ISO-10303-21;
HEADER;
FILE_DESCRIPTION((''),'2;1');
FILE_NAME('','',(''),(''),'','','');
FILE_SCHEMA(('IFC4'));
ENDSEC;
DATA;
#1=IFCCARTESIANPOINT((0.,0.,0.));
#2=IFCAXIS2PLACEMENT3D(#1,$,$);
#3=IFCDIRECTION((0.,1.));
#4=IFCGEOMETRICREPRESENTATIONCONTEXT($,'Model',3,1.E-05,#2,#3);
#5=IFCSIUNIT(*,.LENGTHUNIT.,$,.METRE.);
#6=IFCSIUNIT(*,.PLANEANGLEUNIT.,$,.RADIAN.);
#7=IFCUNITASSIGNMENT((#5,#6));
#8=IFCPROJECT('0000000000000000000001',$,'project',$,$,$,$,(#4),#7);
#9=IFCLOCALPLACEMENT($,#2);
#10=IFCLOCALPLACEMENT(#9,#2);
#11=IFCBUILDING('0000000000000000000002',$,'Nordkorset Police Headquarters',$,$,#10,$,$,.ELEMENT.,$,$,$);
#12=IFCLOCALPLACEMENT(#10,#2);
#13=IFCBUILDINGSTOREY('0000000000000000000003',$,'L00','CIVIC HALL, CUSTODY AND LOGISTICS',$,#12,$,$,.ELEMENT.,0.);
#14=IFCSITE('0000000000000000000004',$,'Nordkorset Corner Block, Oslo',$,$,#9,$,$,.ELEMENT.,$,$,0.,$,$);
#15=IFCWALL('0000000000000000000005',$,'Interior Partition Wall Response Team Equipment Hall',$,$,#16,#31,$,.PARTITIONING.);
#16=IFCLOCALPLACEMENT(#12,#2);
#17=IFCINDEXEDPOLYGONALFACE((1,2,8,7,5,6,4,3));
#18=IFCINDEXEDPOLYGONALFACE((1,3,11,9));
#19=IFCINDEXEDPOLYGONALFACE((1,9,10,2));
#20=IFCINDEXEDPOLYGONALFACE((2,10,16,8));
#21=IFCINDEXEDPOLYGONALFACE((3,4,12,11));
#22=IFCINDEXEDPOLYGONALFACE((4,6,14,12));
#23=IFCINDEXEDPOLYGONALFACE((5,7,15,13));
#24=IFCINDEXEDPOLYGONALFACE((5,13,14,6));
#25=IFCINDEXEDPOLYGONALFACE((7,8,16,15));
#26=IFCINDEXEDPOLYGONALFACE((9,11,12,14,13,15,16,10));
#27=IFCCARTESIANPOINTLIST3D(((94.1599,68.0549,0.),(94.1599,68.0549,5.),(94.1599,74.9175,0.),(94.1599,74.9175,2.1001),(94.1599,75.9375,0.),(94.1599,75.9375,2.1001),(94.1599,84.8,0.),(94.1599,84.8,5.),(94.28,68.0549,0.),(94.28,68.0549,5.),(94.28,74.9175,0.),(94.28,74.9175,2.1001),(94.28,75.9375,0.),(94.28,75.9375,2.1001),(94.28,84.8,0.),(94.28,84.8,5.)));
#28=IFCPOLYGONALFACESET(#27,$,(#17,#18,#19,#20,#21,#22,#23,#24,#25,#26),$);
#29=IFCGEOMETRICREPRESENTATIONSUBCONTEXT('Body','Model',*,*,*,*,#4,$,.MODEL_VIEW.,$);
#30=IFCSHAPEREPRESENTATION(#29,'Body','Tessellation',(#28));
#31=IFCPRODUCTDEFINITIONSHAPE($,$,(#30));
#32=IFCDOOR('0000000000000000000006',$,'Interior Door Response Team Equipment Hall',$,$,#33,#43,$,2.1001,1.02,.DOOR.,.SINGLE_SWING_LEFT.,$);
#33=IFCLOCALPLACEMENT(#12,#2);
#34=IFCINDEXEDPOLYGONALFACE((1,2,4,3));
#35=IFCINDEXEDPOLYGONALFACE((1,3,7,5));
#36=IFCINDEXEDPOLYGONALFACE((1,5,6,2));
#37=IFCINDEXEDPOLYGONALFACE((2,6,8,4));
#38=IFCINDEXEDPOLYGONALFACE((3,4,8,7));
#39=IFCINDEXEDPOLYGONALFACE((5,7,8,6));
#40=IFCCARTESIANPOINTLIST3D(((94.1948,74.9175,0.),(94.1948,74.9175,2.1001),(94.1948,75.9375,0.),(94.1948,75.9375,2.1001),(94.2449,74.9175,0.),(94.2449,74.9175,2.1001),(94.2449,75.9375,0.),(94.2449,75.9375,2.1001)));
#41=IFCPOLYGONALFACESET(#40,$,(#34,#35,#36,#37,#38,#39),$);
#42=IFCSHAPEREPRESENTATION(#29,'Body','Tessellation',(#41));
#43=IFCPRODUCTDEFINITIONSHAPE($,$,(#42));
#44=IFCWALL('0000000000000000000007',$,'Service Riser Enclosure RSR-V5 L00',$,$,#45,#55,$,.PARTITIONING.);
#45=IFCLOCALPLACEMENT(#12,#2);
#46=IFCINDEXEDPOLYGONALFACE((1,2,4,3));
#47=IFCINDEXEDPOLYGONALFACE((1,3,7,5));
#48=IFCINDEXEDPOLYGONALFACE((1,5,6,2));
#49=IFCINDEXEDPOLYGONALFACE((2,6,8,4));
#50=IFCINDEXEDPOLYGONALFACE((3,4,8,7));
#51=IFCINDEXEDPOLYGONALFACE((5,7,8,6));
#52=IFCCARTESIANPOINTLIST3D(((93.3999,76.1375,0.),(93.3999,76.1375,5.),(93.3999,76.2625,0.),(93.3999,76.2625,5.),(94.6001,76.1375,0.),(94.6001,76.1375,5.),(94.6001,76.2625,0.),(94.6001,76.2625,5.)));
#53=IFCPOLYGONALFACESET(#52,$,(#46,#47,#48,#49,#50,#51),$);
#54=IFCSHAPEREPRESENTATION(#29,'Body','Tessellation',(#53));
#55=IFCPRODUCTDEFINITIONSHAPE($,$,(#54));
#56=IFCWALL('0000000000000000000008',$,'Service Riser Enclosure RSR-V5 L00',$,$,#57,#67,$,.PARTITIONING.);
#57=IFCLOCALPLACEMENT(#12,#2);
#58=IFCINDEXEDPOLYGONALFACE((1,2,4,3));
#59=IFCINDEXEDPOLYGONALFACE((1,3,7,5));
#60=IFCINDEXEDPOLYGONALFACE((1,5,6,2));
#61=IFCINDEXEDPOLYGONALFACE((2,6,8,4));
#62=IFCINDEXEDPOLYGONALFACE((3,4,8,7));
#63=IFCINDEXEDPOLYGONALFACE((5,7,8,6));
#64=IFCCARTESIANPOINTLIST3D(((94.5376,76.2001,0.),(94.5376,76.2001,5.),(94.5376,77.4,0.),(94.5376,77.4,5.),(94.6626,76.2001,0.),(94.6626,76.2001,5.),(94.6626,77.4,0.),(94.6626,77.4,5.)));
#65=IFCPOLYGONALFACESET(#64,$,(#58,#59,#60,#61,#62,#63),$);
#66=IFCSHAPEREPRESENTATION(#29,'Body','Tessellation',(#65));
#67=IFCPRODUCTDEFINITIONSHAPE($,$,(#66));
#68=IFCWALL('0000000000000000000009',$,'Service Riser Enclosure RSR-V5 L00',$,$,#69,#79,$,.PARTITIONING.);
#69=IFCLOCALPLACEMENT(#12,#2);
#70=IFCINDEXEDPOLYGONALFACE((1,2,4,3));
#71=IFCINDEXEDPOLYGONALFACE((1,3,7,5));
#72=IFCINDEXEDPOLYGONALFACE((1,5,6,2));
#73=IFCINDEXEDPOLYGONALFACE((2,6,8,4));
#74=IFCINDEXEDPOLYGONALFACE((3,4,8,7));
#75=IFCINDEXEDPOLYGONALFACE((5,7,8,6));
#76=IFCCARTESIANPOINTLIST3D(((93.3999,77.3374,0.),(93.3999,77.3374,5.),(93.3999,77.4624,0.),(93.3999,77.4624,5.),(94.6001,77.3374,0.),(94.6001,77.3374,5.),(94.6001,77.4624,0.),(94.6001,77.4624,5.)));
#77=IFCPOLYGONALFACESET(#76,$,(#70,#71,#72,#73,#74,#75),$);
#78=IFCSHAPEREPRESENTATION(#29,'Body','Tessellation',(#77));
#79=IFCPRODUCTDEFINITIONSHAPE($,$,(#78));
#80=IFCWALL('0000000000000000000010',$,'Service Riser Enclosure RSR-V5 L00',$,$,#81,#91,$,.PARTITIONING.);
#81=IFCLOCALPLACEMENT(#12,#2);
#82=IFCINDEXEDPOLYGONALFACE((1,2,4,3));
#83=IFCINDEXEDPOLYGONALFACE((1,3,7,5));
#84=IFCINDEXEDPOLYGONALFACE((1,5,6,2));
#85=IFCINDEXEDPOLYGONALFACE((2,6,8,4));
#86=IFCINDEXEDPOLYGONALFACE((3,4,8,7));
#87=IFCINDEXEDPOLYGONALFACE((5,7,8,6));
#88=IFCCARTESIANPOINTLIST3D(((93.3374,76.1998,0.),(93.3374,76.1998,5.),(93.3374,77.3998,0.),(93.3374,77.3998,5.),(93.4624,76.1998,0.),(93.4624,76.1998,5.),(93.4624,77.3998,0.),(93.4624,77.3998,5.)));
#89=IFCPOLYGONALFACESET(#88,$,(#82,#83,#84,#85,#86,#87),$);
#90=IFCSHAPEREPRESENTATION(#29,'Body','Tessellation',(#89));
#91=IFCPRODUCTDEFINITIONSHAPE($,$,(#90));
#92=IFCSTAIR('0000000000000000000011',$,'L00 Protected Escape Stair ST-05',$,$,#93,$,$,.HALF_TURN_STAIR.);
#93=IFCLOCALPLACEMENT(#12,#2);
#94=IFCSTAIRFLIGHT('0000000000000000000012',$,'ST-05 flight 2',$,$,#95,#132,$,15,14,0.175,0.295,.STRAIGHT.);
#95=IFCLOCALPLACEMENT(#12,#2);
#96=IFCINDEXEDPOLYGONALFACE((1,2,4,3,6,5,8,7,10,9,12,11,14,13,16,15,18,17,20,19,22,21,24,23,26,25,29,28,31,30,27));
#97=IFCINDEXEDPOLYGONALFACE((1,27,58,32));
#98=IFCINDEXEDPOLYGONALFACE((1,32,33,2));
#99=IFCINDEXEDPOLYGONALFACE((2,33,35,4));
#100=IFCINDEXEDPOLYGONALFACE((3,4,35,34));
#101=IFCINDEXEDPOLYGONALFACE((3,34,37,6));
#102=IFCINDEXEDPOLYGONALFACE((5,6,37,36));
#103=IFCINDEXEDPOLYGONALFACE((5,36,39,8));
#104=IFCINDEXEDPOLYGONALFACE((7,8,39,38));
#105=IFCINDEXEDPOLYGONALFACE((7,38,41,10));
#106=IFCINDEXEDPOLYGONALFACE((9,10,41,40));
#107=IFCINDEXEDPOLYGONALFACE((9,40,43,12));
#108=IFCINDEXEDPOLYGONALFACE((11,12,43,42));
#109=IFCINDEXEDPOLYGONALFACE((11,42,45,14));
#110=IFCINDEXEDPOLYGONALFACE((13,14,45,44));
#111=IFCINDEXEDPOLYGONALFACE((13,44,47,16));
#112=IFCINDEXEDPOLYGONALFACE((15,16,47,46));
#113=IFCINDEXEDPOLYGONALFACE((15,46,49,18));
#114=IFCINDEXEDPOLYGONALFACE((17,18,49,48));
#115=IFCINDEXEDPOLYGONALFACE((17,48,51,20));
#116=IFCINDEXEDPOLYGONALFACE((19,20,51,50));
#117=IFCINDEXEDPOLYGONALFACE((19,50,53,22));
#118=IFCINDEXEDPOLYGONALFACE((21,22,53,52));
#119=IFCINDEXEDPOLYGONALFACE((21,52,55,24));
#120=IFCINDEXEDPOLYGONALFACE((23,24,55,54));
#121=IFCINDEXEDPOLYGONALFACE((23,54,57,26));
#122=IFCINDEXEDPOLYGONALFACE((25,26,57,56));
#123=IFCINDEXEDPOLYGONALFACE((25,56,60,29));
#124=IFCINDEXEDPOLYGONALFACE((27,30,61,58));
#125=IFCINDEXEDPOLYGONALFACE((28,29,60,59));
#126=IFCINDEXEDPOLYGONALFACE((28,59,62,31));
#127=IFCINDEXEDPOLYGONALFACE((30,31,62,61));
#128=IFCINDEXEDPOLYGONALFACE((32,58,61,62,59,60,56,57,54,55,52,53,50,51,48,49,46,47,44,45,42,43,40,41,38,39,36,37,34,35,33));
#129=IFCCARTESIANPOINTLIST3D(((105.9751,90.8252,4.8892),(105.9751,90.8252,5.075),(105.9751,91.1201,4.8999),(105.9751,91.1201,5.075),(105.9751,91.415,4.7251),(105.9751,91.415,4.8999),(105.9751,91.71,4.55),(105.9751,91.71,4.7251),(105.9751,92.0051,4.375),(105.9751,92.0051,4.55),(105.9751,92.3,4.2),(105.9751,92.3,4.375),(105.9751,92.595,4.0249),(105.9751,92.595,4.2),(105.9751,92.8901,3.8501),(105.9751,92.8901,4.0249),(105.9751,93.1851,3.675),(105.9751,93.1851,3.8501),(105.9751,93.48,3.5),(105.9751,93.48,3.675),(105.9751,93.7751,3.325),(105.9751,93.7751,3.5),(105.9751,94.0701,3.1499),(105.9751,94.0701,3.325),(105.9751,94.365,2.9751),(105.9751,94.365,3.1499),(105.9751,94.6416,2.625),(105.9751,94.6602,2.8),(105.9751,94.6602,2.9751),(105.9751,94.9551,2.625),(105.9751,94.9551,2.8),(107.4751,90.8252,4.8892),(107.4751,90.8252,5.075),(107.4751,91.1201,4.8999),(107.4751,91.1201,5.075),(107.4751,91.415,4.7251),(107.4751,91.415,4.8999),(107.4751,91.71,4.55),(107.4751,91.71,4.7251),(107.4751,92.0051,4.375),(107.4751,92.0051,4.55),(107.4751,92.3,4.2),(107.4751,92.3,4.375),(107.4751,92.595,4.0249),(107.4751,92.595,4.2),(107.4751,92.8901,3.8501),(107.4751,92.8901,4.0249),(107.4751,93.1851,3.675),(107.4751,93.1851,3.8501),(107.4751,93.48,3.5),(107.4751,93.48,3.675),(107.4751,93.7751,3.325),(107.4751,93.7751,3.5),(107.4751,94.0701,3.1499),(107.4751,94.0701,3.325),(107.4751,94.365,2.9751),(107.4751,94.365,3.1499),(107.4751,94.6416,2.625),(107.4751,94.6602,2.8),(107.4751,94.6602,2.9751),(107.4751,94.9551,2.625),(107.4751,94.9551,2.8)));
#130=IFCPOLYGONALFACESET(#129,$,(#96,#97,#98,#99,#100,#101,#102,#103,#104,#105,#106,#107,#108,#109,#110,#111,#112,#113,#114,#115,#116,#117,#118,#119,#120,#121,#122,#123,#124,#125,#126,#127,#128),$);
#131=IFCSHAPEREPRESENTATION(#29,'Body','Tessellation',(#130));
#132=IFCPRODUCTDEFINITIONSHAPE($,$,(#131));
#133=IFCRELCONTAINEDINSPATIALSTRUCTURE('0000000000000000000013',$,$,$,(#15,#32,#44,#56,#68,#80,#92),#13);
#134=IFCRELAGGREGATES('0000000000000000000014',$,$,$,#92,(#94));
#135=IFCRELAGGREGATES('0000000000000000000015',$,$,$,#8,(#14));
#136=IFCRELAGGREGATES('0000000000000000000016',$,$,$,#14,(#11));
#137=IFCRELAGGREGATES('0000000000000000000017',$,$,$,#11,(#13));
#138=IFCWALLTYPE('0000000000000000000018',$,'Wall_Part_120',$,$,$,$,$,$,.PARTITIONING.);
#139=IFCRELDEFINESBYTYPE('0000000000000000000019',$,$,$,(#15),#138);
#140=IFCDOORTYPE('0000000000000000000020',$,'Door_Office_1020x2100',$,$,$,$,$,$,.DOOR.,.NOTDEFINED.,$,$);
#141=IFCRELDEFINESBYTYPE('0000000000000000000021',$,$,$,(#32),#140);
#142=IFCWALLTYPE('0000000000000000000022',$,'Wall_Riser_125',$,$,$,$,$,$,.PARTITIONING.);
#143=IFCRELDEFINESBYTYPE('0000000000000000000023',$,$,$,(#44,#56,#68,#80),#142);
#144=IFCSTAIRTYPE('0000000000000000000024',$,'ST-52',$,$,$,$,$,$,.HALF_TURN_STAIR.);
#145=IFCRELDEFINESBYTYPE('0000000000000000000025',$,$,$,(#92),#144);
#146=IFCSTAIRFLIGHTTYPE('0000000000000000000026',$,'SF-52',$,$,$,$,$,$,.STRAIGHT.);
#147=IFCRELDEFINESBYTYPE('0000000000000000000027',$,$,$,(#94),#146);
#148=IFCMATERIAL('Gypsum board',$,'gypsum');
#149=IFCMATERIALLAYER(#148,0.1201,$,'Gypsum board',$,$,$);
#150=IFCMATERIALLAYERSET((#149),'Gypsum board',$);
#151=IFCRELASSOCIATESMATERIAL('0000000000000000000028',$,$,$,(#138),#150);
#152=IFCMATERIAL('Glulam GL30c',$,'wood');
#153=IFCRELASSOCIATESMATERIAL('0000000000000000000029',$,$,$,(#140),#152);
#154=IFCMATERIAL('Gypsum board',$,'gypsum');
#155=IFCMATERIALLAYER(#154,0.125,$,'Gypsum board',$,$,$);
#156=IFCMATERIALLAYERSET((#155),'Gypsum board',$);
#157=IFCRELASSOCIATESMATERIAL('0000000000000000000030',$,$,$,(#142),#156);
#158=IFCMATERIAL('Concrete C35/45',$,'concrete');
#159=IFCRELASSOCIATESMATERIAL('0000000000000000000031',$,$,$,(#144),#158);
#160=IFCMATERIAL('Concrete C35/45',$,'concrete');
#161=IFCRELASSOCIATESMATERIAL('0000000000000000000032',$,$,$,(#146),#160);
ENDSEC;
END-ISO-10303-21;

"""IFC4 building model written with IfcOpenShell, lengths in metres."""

from ifc_helpers import new_model, si_unit, direction, frame, frame_2d, origin, place, context, subcontext, project, spatial, polyline, rectangle, outline, extrude, material, layer, layer_set, type_object, element, fill, aggregate, save


model = new_model("IFC4")

# Units and contexts
model_context = context("Model", 3, precision=1e-05, world=origin(), true_north=direction((0.0, 1.0)))
body_context = subcontext(model_context, "Body", "Model", "MODEL_VIEW")
ifc_project = project(units=[si_unit("LENGTHUNIT", "METRE"), si_unit("PLANEANGLEUNIT", "RADIAN")], contexts=[model_context])

# Site, building, storey
site_placement = place(None, origin())
site = spatial("IfcSite", under=ifc_project, at=site_placement, Name="Nordkorset Corner Block, Oslo", CompositionType="ELEMENT", RefElevation=0.0)
building_placement = place(site_placement, origin())
building = spatial("IfcBuilding", under=site, at=building_placement, Name="Nordkorset Police Headquarters", CompositionType="ELEMENT")
storey_placement = place(building_placement, origin())
storey = spatial("IfcBuildingStorey", under=building, at=storey_placement, Name="L00", Description="CIVIC HALL, CUSTODY AND LOGISTICS", CompositionType="ELEMENT", Elevation=0.0)

# Shared definitions
ifc_material_1 = material(Name="Gypsum board", Category="gypsum")
ifc_layer_1 = layer(ifc_material_1, 0.1201, Name="Gypsum board")
ifc_layer_set_1 = layer_set([ifc_layer_1], Name="Gypsum board")
wall_type_1 = type_object("IfcWallType", Name="Wall_Part_120", PredefinedType="PARTITIONING", material=ifc_layer_set_1)

# Wall, opening, door
wall_1_placement = place(storey_placement, frame((94.22, 84.8, 0.0), z_axis=(0.0, 0.0, 1.0), x_axis=(0.0, -1.0, 0.0)))
wall_1 = element("IfcWall", 1, at=wall_1_placement, inside=storey, type_object=wall_type_1, Name="Interior Partition Wall Response Team Equipment Hall", PredefinedType="PARTITIONING", context=body_context, shape_type="SweptSolid", body=[
    extrude(rectangle(XDim=16.7451, YDim=0.1201, at=frame_2d((8.3726, 0.0))), origin(), (0.0, 0.0, 1.0), 5.0),
])
opening_1_placement = place(wall_1_placement, frame((8.8625, 0.0, 0.0)))
opening_1 = element("IfcOpeningElement", 2, at=opening_1_placement, cuts=wall_1, PredefinedType="OPENING", context=body_context, shape_type="SweptSolid", body=[
    extrude(rectangle(XDim=1.02, YDim=2.1001, at=frame_2d((0.51, 1.05))), frame((0.0, 0.0701, 0.0), z_axis=(0.0, -1.0, 0.0), x_axis=(1.0, 0.0, 0.0)), (0.0, 0.0, 1.0), 0.1401),
])
ifc_material_2 = material(Name="Glulam GL30c", Category="wood")
door_type_1 = type_object("IfcDoorType", Name="Door_Office_1020x2100", OperationType="NOTDEFINED", PredefinedType="DOOR", material=ifc_material_2)
door_1_placement = place(opening_1_placement, origin())
door_1 = element("IfcDoor", 3, at=door_1_placement, inside=storey, type_object=door_type_1, Name="Interior Door Response Team Equipment Hall", OperationType="SINGLE_SWING_LEFT", OverallHeight=2.1001, OverallWidth=1.02, PredefinedType="DOOR", context=body_context, shape_type="SweptSolid", body=[
    extrude(rectangle(XDim=1.02, YDim=2.1001, at=frame_2d((0.51, 1.05))), frame((0.0, 0.0249, 0.0), z_axis=(0.0, -1.0, 0.0), x_axis=(1.0, 0.0, 0.0)), (0.0, 0.0, 1.0), 0.05),
])
fill(opening_1, door_1)

# Walls
ifc_material_3 = material(Name="Gypsum board", Category="gypsum")
ifc_layer_2 = layer(ifc_material_3, 0.125, Name="Gypsum board")
ifc_layer_set_2 = layer_set([ifc_layer_2], Name="Gypsum board")
wall_type_2 = type_object("IfcWallType", Name="Wall_Riser_125", PredefinedType="PARTITIONING", material=ifc_layer_set_2)
wall_2_placement = place(storey_placement, frame((93.3999, 76.2, 0.0), z_axis=(0.0, 0.0, 1.0), x_axis=(1.0, 0.0, 0.0)))
element("IfcWall", 4, at=wall_2_placement, inside=storey, type_object=wall_type_2, Name="Service Riser Enclosure RSR-V5 L00", PredefinedType="PARTITIONING", context=body_context, shape_type="SweptSolid", body=[
    extrude(rectangle(XDim=1.2002, YDim=0.125, at=frame_2d((0.6001, 0.0))), origin(), (0.0, 0.0, 1.0), 5.0),
])
wall_3_placement = place(storey_placement, frame((94.6001, 76.2, 0.0), z_axis=(0.0, 0.0, 1.0), x_axis=(0.0, 1.0, 0.0)))
element("IfcWall", 5, at=wall_3_placement, inside=storey, type_object=wall_type_2, Name="Service Riser Enclosure RSR-V5 L00", PredefinedType="PARTITIONING", context=body_context, shape_type="SweptSolid", body=[
    extrude(rectangle(XDim=1.2, YDim=0.125, at=frame_2d((0.6001, 0.0))), origin(), (0.0, 0.0, 1.0), 5.0),
])
wall_4_placement = place(storey_placement, frame((94.6001, 77.3999, 0.0), z_axis=(0.0, 0.0, 1.0), x_axis=(-1.0, 0.0, 0.0)))
element("IfcWall", 6, at=wall_4_placement, inside=storey, type_object=wall_type_2, Name="Service Riser Enclosure RSR-V5 L00", PredefinedType="PARTITIONING", context=body_context, shape_type="SweptSolid", body=[
    extrude(rectangle(XDim=1.2002, YDim=0.125, at=frame_2d((0.6001, 0.0))), origin(), (0.0, 0.0, 1.0), 5.0),
])
wall_5_placement = place(storey_placement, frame((93.3999, 77.3999, 0.0), z_axis=(0.0, 0.0, 1.0), x_axis=(0.0, -1.0, 0.0)))
element("IfcWall", 7, at=wall_5_placement, inside=storey, type_object=wall_type_2, Name="Service Riser Enclosure RSR-V5 L00", PredefinedType="PARTITIONING", context=body_context, shape_type="SweptSolid", body=[
    extrude(rectangle(XDim=1.2, YDim=0.125, at=frame_2d((0.6001, 0.0))), origin(), (0.0, 0.0, 1.0), 5.0),
])

# Stair, stair flight
ifc_material_4 = material(Name="Concrete C35/45", Category="concrete")
stair_type = type_object("IfcStairType", Name="ST-52", PredefinedType="HALF_TURN_STAIR", material=ifc_material_4)
stair_placement = place(storey_placement, origin())
stair = element("IfcStair", 8, at=stair_placement, inside=storey, type_object=stair_type, Name="L00 Protected Escape Stair ST-05", PredefinedType="HALF_TURN_STAIR")
ifc_material_5 = material(Name="Concrete C35/45", Category="concrete")
stair_flight_type = type_object("IfcStairFlightType", Name="SF-52", PredefinedType="STRAIGHT", material=ifc_material_5)
stair_flight_placement = place(storey_placement, frame((106.7251, 94.9551, 2.625), z_axis=(0.0, 0.0, 1.0), x_axis=(0.0, -1.0, 0.0)))
stair_flight = element("IfcStairFlight", 9, at=stair_flight_placement, type_object=stair_flight_type, Name="ST-05 flight 2", NumberOfRisers=15, NumberOfTreads=14, PredefinedType="STRAIGHT", RiserHeight=0.175, TreadLength=0.295, context=body_context, shape_type="SweptSolid", body=[
    extrude(outline(polyline([(0.0, 0.0), (0.0, 0.175), (0.2949, 0.175), (0.2949, 0.3501), (0.5901, 0.3501), (0.5901, 0.5249), (0.885, 0.5249), (0.885, 0.7), (1.1799, 0.7), (1.1799, 0.875), (1.4751, 0.875), (1.4751, 1.05), (1.77, 1.05), (1.77, 1.2251), (2.0649, 1.2251), (2.0649, 1.3999), (2.3601, 1.3999), (2.3601, 1.575), (2.655, 1.575), (2.655, 1.75), (2.95, 1.75), (2.95, 1.925), (3.2451, 1.925), (3.2451, 2.1001), (3.54, 2.1001), (3.54, 2.2749), (3.835, 2.2749), (3.835, 2.45), (4.1299, 2.45), (4.1299, 2.625), (4.1299, 2.2642), (0.3135, 0.0), (0.0, 0.0)])), frame((0.0, 0.75, 0.0), z_axis=(0.0, -1.0, 0.0), x_axis=(1.0, 0.0, 0.0)), (0.0, 0.0, 1.0), 1.5),
])
aggregate(stair, [stair_flight])

save(model, "model.ifc")
